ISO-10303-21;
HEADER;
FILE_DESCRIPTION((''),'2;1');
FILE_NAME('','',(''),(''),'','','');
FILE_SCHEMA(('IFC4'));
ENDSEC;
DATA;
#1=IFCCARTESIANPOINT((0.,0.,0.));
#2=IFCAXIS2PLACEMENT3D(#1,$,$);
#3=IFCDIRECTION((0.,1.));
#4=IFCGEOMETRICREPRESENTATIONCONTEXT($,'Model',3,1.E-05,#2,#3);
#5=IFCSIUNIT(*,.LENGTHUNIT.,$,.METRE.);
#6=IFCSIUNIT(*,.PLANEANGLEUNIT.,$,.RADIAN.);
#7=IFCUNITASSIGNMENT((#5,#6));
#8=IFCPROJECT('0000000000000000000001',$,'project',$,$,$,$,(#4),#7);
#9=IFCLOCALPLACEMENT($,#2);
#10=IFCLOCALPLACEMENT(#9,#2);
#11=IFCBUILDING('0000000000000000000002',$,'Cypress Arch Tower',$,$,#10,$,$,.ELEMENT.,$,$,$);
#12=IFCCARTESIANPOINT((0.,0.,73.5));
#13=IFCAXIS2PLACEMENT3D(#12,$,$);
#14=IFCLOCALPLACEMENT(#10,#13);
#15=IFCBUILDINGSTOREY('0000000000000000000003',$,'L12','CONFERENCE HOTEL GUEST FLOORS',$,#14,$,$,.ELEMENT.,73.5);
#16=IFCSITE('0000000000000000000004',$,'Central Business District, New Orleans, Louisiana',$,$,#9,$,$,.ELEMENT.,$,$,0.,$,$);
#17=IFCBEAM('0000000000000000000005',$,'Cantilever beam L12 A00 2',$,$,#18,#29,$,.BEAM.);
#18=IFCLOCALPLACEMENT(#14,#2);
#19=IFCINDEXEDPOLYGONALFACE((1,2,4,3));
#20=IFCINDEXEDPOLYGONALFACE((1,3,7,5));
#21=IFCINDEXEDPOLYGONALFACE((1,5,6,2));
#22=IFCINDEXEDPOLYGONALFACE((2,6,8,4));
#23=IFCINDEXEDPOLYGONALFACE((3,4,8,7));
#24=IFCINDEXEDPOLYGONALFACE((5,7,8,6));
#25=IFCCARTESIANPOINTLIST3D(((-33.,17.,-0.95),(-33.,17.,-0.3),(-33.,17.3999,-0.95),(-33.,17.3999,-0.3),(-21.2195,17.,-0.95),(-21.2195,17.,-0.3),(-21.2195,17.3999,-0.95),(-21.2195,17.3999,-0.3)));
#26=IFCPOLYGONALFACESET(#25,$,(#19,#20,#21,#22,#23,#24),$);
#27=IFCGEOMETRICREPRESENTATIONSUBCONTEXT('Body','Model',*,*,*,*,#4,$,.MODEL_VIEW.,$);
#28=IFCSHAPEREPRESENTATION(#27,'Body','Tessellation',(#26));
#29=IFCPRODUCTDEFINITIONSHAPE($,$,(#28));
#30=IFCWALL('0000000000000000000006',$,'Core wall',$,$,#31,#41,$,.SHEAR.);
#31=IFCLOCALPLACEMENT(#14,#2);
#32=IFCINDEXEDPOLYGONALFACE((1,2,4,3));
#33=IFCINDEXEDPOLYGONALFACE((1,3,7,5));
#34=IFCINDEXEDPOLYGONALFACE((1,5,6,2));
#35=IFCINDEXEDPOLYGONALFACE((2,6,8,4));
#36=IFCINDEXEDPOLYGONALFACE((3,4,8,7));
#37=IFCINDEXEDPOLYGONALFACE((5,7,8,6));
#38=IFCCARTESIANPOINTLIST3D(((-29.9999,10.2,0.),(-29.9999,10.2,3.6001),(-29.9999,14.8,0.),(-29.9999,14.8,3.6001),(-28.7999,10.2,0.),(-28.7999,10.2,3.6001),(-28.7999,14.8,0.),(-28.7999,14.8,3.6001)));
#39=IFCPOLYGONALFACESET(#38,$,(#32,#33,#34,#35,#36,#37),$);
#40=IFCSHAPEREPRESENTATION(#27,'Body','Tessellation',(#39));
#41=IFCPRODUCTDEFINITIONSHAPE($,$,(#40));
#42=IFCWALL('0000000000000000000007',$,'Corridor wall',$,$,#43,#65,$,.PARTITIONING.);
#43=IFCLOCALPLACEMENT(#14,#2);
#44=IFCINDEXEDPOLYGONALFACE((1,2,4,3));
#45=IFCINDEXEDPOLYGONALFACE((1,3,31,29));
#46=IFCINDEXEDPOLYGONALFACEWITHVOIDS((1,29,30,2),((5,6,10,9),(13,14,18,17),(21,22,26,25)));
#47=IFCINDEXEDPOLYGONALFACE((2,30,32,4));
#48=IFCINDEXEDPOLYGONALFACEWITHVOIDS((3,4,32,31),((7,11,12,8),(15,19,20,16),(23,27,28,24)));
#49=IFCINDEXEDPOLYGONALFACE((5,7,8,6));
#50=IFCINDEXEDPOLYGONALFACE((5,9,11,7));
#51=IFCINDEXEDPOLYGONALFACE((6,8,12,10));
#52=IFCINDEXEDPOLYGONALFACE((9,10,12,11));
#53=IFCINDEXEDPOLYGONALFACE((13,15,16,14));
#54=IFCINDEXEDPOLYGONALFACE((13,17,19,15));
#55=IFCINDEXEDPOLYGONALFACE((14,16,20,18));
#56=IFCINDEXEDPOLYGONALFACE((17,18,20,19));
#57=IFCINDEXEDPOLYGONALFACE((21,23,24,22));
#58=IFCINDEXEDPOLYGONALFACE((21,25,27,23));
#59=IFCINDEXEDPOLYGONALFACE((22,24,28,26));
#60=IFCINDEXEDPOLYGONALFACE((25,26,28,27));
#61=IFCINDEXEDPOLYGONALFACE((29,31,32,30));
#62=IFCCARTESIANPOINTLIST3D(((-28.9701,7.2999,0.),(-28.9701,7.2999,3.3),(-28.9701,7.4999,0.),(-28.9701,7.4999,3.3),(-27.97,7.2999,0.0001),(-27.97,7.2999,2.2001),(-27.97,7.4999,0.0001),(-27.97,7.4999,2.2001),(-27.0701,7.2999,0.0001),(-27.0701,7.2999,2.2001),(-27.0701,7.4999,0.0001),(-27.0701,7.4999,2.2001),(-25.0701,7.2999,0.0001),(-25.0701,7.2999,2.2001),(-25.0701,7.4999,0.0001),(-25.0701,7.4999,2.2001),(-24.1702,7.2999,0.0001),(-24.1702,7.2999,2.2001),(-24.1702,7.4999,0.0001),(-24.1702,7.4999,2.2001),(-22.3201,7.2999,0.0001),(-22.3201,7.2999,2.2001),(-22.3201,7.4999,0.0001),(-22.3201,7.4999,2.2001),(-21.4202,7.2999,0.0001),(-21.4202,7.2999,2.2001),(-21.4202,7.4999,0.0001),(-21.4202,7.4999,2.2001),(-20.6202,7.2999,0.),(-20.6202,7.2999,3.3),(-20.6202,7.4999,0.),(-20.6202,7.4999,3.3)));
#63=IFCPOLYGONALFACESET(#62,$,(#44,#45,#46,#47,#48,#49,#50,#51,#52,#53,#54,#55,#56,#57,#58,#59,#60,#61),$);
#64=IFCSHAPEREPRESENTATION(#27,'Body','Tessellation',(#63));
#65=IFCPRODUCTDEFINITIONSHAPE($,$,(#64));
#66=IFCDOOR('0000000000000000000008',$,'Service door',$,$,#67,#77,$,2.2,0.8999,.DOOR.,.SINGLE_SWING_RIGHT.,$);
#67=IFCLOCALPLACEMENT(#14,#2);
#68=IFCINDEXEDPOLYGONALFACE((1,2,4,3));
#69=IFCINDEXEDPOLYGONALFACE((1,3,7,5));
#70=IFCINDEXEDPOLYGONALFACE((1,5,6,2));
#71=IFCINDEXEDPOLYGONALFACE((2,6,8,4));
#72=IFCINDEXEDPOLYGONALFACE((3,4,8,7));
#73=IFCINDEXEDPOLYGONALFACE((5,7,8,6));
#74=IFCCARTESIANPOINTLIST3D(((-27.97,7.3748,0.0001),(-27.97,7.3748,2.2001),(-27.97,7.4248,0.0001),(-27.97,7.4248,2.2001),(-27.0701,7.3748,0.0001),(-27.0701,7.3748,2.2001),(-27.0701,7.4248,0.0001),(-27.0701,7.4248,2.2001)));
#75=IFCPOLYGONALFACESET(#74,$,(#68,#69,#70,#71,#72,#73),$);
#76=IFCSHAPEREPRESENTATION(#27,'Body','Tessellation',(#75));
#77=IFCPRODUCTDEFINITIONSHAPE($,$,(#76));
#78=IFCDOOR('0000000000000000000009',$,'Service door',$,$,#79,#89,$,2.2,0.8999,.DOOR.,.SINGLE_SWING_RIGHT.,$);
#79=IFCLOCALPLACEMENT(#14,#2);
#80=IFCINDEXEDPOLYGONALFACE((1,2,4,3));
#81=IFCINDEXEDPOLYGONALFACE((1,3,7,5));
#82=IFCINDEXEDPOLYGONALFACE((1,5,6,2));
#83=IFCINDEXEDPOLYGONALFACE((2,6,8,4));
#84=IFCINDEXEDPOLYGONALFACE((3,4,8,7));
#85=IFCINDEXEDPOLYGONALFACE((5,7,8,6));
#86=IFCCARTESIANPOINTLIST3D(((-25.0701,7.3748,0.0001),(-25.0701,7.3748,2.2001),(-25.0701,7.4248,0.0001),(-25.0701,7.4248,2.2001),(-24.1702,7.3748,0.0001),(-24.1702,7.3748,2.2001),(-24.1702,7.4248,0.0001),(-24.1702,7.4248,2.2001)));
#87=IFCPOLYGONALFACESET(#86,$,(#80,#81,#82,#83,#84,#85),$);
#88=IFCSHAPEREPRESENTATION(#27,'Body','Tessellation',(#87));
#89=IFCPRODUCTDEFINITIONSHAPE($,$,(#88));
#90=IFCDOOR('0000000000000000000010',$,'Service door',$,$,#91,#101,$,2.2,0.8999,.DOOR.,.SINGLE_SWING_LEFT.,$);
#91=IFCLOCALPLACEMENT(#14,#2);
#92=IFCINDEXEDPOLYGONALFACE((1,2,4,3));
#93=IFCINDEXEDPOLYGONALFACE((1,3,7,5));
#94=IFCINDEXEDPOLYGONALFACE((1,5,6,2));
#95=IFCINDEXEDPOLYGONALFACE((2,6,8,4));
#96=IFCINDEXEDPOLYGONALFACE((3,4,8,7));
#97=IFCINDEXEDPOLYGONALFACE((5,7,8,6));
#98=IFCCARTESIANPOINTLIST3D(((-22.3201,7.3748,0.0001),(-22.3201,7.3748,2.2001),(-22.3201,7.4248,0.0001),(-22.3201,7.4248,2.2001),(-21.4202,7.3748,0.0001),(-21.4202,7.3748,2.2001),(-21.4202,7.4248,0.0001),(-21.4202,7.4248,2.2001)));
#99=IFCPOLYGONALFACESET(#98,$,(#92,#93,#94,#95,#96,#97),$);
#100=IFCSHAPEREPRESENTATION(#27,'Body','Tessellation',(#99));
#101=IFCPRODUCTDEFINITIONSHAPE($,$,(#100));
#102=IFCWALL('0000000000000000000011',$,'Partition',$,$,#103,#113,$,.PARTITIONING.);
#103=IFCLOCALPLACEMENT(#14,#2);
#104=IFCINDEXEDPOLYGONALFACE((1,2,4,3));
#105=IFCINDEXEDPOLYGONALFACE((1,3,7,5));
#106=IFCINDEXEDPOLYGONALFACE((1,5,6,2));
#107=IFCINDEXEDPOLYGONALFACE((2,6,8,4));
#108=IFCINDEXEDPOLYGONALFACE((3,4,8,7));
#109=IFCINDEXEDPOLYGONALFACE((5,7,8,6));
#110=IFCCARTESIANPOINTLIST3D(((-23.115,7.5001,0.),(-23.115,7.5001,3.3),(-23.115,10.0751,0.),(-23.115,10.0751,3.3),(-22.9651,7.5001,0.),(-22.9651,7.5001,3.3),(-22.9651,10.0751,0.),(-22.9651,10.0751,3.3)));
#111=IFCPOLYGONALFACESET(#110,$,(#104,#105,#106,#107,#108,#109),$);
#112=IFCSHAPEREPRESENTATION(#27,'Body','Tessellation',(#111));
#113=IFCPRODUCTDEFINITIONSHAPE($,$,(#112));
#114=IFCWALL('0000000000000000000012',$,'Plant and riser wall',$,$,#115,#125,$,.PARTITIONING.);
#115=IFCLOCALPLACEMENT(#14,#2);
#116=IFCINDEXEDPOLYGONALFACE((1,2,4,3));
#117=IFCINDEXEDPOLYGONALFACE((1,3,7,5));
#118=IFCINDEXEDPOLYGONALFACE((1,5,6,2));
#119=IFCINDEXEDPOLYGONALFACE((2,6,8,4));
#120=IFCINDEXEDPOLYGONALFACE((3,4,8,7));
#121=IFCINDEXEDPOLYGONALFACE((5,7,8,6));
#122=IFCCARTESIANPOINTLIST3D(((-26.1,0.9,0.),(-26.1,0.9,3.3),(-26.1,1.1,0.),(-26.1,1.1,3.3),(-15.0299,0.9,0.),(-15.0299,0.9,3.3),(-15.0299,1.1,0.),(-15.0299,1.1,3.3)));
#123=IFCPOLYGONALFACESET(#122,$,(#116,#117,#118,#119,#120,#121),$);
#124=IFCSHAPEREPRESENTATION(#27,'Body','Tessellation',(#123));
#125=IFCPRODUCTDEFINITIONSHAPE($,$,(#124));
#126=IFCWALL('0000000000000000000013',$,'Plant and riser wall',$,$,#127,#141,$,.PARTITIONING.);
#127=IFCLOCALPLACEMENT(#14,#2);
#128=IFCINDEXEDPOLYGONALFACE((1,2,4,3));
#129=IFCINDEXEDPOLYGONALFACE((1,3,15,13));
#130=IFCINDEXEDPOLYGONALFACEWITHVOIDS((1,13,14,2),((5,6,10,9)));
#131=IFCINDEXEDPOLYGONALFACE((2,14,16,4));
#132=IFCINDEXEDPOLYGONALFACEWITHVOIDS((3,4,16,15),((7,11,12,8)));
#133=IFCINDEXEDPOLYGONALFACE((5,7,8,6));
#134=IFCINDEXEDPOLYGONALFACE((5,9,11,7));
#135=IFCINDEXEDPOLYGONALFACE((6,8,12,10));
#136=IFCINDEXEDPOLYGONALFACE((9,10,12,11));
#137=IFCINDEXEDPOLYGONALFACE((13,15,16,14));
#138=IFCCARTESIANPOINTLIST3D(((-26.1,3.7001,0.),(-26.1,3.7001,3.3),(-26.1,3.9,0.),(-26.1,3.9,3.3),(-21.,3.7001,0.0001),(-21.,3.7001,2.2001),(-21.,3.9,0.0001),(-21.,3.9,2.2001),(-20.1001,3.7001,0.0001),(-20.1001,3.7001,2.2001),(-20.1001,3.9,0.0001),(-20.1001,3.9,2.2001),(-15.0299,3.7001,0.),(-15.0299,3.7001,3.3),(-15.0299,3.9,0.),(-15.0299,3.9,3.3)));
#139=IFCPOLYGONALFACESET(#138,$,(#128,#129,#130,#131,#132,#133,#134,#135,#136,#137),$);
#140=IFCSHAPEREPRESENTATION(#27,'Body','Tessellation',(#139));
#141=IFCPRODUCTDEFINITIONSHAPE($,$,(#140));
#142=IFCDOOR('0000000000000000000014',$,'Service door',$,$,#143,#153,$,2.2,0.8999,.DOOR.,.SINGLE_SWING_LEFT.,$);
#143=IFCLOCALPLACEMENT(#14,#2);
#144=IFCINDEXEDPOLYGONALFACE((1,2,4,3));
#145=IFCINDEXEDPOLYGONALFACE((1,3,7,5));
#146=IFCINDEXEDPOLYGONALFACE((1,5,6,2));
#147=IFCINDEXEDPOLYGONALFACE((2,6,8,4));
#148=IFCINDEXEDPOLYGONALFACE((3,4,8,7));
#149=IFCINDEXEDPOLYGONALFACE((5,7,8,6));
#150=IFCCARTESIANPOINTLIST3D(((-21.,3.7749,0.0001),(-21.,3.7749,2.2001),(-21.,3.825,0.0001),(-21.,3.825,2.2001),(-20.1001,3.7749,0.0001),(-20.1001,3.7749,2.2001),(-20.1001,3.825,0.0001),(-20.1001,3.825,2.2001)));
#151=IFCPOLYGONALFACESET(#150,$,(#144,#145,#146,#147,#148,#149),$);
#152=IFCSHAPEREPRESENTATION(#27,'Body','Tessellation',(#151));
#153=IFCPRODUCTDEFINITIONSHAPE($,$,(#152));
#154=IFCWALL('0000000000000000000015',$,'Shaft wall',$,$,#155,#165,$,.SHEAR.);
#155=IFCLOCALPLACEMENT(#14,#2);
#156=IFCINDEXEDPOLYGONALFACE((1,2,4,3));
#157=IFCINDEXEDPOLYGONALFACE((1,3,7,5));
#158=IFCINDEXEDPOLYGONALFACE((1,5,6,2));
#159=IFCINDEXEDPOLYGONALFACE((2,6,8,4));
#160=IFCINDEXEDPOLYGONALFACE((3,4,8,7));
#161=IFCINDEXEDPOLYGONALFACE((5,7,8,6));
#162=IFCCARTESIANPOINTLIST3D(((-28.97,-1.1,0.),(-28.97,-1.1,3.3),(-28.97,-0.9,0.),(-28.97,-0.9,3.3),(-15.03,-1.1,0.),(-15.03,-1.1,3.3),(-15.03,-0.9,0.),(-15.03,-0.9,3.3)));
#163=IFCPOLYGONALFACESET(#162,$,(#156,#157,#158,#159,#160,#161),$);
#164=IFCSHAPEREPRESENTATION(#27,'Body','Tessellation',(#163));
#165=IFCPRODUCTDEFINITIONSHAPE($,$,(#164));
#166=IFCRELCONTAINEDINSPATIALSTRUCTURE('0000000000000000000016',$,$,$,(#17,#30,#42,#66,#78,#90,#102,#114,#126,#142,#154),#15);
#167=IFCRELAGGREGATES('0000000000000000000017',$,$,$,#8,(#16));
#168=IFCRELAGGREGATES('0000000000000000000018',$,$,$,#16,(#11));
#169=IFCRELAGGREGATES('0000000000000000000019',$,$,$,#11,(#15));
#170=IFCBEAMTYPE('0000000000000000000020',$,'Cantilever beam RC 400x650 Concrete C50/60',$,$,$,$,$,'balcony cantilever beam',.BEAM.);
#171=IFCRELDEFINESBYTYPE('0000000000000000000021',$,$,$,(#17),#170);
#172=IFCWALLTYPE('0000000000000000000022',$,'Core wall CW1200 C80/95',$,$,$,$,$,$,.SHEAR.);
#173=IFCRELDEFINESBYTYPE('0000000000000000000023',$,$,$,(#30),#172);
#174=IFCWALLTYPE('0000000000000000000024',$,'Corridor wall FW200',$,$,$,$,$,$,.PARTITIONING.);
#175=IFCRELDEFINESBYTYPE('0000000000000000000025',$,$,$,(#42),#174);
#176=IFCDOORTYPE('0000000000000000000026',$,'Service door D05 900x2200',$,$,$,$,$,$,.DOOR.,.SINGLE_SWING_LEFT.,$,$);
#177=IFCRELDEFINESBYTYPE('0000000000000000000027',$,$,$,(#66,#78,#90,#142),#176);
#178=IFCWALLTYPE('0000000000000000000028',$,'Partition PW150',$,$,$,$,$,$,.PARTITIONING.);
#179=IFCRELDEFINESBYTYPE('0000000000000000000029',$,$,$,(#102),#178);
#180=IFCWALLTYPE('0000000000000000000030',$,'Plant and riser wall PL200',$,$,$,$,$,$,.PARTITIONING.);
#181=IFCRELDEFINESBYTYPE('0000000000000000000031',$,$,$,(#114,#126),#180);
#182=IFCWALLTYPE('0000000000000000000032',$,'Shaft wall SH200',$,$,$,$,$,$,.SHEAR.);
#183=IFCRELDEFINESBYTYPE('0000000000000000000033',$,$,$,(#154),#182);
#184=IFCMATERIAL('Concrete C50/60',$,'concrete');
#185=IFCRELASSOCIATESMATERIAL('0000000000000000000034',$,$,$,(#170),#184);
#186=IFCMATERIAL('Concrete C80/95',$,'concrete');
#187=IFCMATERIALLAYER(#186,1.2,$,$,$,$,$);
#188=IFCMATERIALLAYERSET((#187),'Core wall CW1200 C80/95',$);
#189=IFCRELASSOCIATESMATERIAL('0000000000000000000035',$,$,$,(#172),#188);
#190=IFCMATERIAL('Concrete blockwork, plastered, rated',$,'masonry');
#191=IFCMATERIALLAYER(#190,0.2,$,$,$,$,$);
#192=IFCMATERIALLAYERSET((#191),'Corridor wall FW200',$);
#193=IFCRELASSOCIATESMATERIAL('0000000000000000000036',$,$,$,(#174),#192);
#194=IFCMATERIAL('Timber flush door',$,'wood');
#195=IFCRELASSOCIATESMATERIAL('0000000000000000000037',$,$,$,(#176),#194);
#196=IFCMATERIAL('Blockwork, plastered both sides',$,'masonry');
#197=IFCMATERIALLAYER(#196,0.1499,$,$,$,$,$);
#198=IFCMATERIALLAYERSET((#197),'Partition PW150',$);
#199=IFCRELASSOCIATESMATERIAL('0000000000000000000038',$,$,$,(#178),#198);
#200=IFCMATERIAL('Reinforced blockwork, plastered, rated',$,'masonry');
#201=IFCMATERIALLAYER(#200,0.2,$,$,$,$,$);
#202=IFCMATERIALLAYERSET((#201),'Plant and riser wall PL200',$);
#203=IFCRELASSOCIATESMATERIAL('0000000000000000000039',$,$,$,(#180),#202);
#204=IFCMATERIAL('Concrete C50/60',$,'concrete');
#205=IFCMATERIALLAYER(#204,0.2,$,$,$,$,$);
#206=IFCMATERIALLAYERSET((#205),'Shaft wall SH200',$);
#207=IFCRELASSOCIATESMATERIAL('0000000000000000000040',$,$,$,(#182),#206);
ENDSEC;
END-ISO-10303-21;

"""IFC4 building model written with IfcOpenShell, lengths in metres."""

from ifc_helpers import new_model, si_unit, direction, frame, frame_2d, origin, origin_2d, place, context, subcontext, project, spatial, rectangle, extrude, material, layer, layer_set, material_profile, profile_set, type_object, element, fill, save


model = new_model("IFC4")

# Units and contexts
model_context = context("Model", 3, precision=1e-05, world=origin(), true_north=direction((0.0, 1.0)))
body_context = subcontext(model_context, "Body", "Model", "MODEL_VIEW")
ifc_project = project(units=[si_unit("LENGTHUNIT", "METRE"), si_unit("PLANEANGLEUNIT", "RADIAN")], contexts=[model_context])

# Site, building, storey
site_placement = place(None, origin())
site = spatial("IfcSite", under=ifc_project, at=site_placement, Name="Central Business District, New Orleans, Louisiana", CompositionType="ELEMENT", RefElevation=0.0)
building_placement = place(site_placement, origin())
building = spatial("IfcBuilding", under=site, at=building_placement, Name="Cypress Arch Tower", CompositionType="ELEMENT")
storey_placement = place(building_placement, frame((0.0, 0.0, 73.5)))
storey = spatial("IfcBuildingStorey", under=building, at=storey_placement, Name="L12", Description="CONFERENCE HOTEL GUEST FLOORS", CompositionType="ELEMENT", Elevation=73.5)

# Beam
ifc_material_1 = material(Name="Concrete C50/60", Category="concrete")
ifc_material_profile_1 = material_profile(ifc_material_1, rectangle(XDim=0.3999, YDim=0.6499, at=origin_2d()), Name="RC 400x650")
ifc_profile_set_1 = profile_set([ifc_material_profile_1], Name="Concrete C50/60")
beam_type = type_object("IfcBeamType", Name="Cantilever beam RC 400x650 Concrete C50/60", ElementType="balcony cantilever beam", PredefinedType="BEAM", material=ifc_profile_set_1)
beam_placement = place(storey_placement, frame((-21.2195, 17.2, -0.625), z_axis=(-1.0, 0.0, 0.0), x_axis=(0.0, -1.0, 0.0)))
element("IfcBeam", 1, at=beam_placement, inside=storey, type_object=beam_type, Name="Cantilever beam L12 A00 2", PredefinedType="BEAM", context=body_context, shape_type="SweptSolid", body=[
    extrude(rectangle(XDim=0.3999, YDim=0.6499, at=origin_2d()), origin(), (0.0, 0.0, 1.0), 11.7805),
])

# Shared definitions
ifc_material_2 = material(Name="Concrete C80/95", Category="concrete")
ifc_layer_1 = layer(ifc_material_2, 1.2)
ifc_layer_set_1 = layer_set([ifc_layer_1], Name="Core wall CW1200 C80/95")
wall_type_1 = type_object("IfcWallType", Name="Core wall CW1200 C80/95", PredefinedType="SHEAR", material=ifc_layer_set_1)

# Wall
wall_1_placement = place(storey_placement, frame((-29.3999, 10.2, 0.0), z_axis=(0.0, 0.0, 1.0), x_axis=(0.0, 1.0, 0.0)))
element("IfcWall", 2, at=wall_1_placement, inside=storey, type_object=wall_type_1, Name="Core wall", PredefinedType="SHEAR", context=body_context, shape_type="SweptSolid", body=[
    extrude(rectangle(XDim=4.6001, YDim=1.2, at=frame_2d((2.3, 0.0))), origin(), (0.0, 0.0, 1.0), 3.6001),
])

# Wall, openings, doors
ifc_material_3 = material(Name="Concrete blockwork, plastered, rated", Category="masonry")
ifc_layer_2 = layer(ifc_material_3, 0.2)
ifc_layer_set_2 = layer_set([ifc_layer_2], Name="Corridor wall FW200")
wall_type_2 = type_object("IfcWallType", Name="Corridor wall FW200", PredefinedType="PARTITIONING", material=ifc_layer_set_2)
wall_2_placement = place(storey_placement, frame((-28.97, 7.3999, 0.0), z_axis=(0.0, 0.0, 1.0), x_axis=(1.0, 0.0, 0.0)))
wall_2 = element("IfcWall", 3, at=wall_2_placement, inside=storey, type_object=wall_type_2, Name="Corridor wall", PredefinedType="PARTITIONING", context=body_context, shape_type="SweptSolid", body=[
    extrude(rectangle(XDim=8.3499, YDim=0.2, at=frame_2d((4.1748, 0.0))), origin(), (0.0, 0.0, 1.0), 3.3),
])
opening_1_placement = place(wall_2_placement, frame((1.0, 0.0, 0.0)))
opening_1 = element("IfcOpeningElement", 4, at=opening_1_placement, cuts=wall_2, PredefinedType="OPENING", context=body_context, shape_type="SweptSolid", body=[
    extrude(rectangle(XDim=0.8999, YDim=2.2, at=frame_2d((0.45, 1.1001))), frame((0.0, 0.1099, 0.0), z_axis=(0.0, -1.0, 0.0), x_axis=(1.0, 0.0, 0.0)), (0.0, 0.0, 1.0), 0.22),
])
opening_2_placement = place(wall_2_placement, frame((3.8999, 0.0, 0.0)))
opening_2 = element("IfcOpeningElement", 5, at=opening_2_placement, cuts=wall_2, PredefinedType="OPENING", context=body_context, shape_type="SweptSolid", body=[
    extrude(rectangle(XDim=0.8999, YDim=2.2, at=frame_2d((0.45, 1.1001))), frame((0.0, 0.1099, 0.0), z_axis=(0.0, -1.0, 0.0), x_axis=(1.0, 0.0, 0.0)), (0.0, 0.0, 1.0), 0.22),
])
opening_3_placement = place(wall_2_placement, frame((6.6499, 0.0, 0.0)))
opening_3 = element("IfcOpeningElement", 6, at=opening_3_placement, cuts=wall_2, PredefinedType="OPENING", context=body_context, shape_type="SweptSolid", body=[
    extrude(rectangle(XDim=0.8999, YDim=2.2, at=frame_2d((0.45, 1.1001))), frame((0.0, 0.1099, 0.0), z_axis=(0.0, -1.0, 0.0), x_axis=(1.0, 0.0, 0.0)), (0.0, 0.0, 1.0), 0.22),
])
ifc_material_4 = material(Name="Timber flush door", Category="wood")
door_type_1 = type_object("IfcDoorType", Name="Service door D05 900x2200", OperationType="SINGLE_SWING_LEFT", PredefinedType="DOOR", material=ifc_material_4)
door_1_placement = place(opening_1_placement, origin())
door_1 = element("IfcDoor", 7, at=door_1_placement, inside=storey, type_object=door_type_1, Name="Service door", OperationType="SINGLE_SWING_RIGHT", OverallHeight=2.2, OverallWidth=0.8999, PredefinedType="DOOR", context=body_context, shape_type="SweptSolid", body=[
    extrude(rectangle(XDim=0.8999, YDim=2.2, at=frame_2d((0.45, 1.1001))), frame((0.0, 0.0249, 0.0), z_axis=(0.0, -1.0, 0.0), x_axis=(1.0, 0.0, 0.0)), (0.0, 0.0, 1.0), 0.05),
])
fill(opening_1, door_1)
door_2_placement = place(opening_2_placement, origin())
door_2 = element("IfcDoor", 8, at=door_2_placement, inside=storey, type_object=door_type_1, Name="Service door", OperationType="SINGLE_SWING_RIGHT", OverallHeight=2.2, OverallWidth=0.8999, PredefinedType="DOOR", context=body_context, shape_type="SweptSolid", body=[
    extrude(rectangle(XDim=0.8999, YDim=2.2, at=frame_2d((0.45, 1.1001))), frame((0.0, 0.0249, 0.0), z_axis=(0.0, -1.0, 0.0), x_axis=(1.0, 0.0, 0.0)), (0.0, 0.0, 1.0), 0.05),
])
fill(opening_2, door_2)
door_3_placement = place(opening_3_placement, origin())
door_3 = element("IfcDoor", 9, at=door_3_placement, inside=storey, type_object=door_type_1, Name="Service door", OperationType="SINGLE_SWING_LEFT", OverallHeight=2.2, OverallWidth=0.8999, PredefinedType="DOOR", context=body_context, shape_type="SweptSolid", body=[
    extrude(rectangle(XDim=0.8999, YDim=2.2, at=frame_2d((0.45, 1.1001))), frame((0.0, 0.0249, 0.0), z_axis=(0.0, -1.0, 0.0), x_axis=(1.0, 0.0, 0.0)), (0.0, 0.0, 1.0), 0.05),
])
fill(opening_3, door_3)

# Walls
ifc_material_5 = material(Name="Blockwork, plastered both sides", Category="masonry")
ifc_layer_3 = layer(ifc_material_5, 0.1499)
ifc_layer_set_3 = layer_set([ifc_layer_3], Name="Partition PW150")
wall_type_3 = type_object("IfcWallType", Name="Partition PW150", PredefinedType="PARTITIONING", material=ifc_layer_set_3)
wall_3_placement = place(storey_placement, frame((-23.04, 7.5, 0.0), z_axis=(0.0, 0.0, 1.0), x_axis=(0.0, 1.0, 0.0)))
element("IfcWall", 10, at=wall_3_placement, inside=storey, type_object=wall_type_3, Name="Partition", PredefinedType="PARTITIONING", context=body_context, shape_type="SweptSolid", body=[
    extrude(rectangle(XDim=2.575, YDim=0.1499, at=frame_2d((1.2876, 0.0))), origin(), (0.0, 0.0, 1.0), 3.3),
])
ifc_material_6 = material(Name="Reinforced blockwork, plastered, rated", Category="masonry")
ifc_layer_4 = layer(ifc_material_6, 0.2)
ifc_layer_set_4 = layer_set([ifc_layer_4], Name="Plant and riser wall PL200")
wall_type_4 = type_object("IfcWallType", Name="Plant and riser wall PL200", PredefinedType="PARTITIONING", material=ifc_layer_set_4)
wall_4_placement = place(storey_placement, frame((-26.1001, 1.0, 0.0), z_axis=(0.0, 0.0, 1.0), x_axis=(1.0, 0.0, 0.0)))
element("IfcWall", 11, at=wall_4_placement, inside=storey, type_object=wall_type_4, Name="Plant and riser wall", PredefinedType="PARTITIONING", context=body_context, shape_type="SweptSolid", body=[
    extrude(rectangle(XDim=11.0701, YDim=0.2, at=frame_2d((5.5352, 0.0))), origin(), (0.0, 0.0, 1.0), 3.3),
])

# Wall, opening, door
wall_5_placement = place(storey_placement, frame((-26.1001, 3.8, 0.0), z_axis=(0.0, 0.0, 1.0), x_axis=(1.0, 0.0, 0.0)))
wall_5 = element("IfcWall", 12, at=wall_5_placement, inside=storey, type_object=wall_type_4, Name="Plant and riser wall", PredefinedType="PARTITIONING", context=body_context, shape_type="SweptSolid", body=[
    extrude(rectangle(XDim=11.0701, YDim=0.2, at=frame_2d((5.5352, 0.0))), origin(), (0.0, 0.0, 1.0), 3.3),
])
opening_4_placement = place(wall_5_placement, frame((5.1001, 0.0, 0.0)))
opening_4 = element("IfcOpeningElement", 13, at=opening_4_placement, cuts=wall_5, PredefinedType="OPENING", context=body_context, shape_type="SweptSolid", body=[
    extrude(rectangle(XDim=0.8999, YDim=2.2, at=frame_2d((0.45, 1.1001))), frame((0.0, 0.1099, 0.0), z_axis=(0.0, -1.0, 0.0), x_axis=(1.0, 0.0, 0.0)), (0.0, 0.0, 1.0), 0.22),
])
door_4_placement = place(opening_4_placement, origin())
door_4 = element("IfcDoor", 14, at=door_4_placement, inside=storey, type_object=door_type_1, Name="Service door", OperationType="SINGLE_SWING_LEFT", OverallHeight=2.2, OverallWidth=0.8999, PredefinedType="DOOR", context=body_context, shape_type="SweptSolid", body=[
    extrude(rectangle(XDim=0.8999, YDim=2.2, at=frame_2d((0.45, 1.1001))), frame((0.0, 0.0249, 0.0), z_axis=(0.0, -1.0, 0.0), x_axis=(1.0, 0.0, 0.0)), (0.0, 0.0, 1.0), 0.05),
])
fill(opening_4, door_4)

# Wall
ifc_material_7 = material(Name="Concrete C50/60", Category="concrete")
ifc_layer_5 = layer(ifc_material_7, 0.2)
ifc_layer_set_5 = layer_set([ifc_layer_5], Name="Shaft wall SH200")
wall_type_5 = type_object("IfcWallType", Name="Shaft wall SH200", PredefinedType="SHEAR", material=ifc_layer_set_5)
wall_6_placement = place(storey_placement, frame((-28.97, -1.0, 0.0), z_axis=(0.0, 0.0, 1.0), x_axis=(1.0, 0.0, 0.0)))
element("IfcWall", 15, at=wall_6_placement, inside=storey, type_object=wall_type_5, Name="Shaft wall", PredefinedType="SHEAR", context=body_context, shape_type="SweptSolid", body=[
    extrude(rectangle(XDim=13.9399, YDim=0.2, at=frame_2d((6.97, 0.0))), origin(), (0.0, 0.0, 1.0), 3.3),
])

save(model, "model.ifc")
